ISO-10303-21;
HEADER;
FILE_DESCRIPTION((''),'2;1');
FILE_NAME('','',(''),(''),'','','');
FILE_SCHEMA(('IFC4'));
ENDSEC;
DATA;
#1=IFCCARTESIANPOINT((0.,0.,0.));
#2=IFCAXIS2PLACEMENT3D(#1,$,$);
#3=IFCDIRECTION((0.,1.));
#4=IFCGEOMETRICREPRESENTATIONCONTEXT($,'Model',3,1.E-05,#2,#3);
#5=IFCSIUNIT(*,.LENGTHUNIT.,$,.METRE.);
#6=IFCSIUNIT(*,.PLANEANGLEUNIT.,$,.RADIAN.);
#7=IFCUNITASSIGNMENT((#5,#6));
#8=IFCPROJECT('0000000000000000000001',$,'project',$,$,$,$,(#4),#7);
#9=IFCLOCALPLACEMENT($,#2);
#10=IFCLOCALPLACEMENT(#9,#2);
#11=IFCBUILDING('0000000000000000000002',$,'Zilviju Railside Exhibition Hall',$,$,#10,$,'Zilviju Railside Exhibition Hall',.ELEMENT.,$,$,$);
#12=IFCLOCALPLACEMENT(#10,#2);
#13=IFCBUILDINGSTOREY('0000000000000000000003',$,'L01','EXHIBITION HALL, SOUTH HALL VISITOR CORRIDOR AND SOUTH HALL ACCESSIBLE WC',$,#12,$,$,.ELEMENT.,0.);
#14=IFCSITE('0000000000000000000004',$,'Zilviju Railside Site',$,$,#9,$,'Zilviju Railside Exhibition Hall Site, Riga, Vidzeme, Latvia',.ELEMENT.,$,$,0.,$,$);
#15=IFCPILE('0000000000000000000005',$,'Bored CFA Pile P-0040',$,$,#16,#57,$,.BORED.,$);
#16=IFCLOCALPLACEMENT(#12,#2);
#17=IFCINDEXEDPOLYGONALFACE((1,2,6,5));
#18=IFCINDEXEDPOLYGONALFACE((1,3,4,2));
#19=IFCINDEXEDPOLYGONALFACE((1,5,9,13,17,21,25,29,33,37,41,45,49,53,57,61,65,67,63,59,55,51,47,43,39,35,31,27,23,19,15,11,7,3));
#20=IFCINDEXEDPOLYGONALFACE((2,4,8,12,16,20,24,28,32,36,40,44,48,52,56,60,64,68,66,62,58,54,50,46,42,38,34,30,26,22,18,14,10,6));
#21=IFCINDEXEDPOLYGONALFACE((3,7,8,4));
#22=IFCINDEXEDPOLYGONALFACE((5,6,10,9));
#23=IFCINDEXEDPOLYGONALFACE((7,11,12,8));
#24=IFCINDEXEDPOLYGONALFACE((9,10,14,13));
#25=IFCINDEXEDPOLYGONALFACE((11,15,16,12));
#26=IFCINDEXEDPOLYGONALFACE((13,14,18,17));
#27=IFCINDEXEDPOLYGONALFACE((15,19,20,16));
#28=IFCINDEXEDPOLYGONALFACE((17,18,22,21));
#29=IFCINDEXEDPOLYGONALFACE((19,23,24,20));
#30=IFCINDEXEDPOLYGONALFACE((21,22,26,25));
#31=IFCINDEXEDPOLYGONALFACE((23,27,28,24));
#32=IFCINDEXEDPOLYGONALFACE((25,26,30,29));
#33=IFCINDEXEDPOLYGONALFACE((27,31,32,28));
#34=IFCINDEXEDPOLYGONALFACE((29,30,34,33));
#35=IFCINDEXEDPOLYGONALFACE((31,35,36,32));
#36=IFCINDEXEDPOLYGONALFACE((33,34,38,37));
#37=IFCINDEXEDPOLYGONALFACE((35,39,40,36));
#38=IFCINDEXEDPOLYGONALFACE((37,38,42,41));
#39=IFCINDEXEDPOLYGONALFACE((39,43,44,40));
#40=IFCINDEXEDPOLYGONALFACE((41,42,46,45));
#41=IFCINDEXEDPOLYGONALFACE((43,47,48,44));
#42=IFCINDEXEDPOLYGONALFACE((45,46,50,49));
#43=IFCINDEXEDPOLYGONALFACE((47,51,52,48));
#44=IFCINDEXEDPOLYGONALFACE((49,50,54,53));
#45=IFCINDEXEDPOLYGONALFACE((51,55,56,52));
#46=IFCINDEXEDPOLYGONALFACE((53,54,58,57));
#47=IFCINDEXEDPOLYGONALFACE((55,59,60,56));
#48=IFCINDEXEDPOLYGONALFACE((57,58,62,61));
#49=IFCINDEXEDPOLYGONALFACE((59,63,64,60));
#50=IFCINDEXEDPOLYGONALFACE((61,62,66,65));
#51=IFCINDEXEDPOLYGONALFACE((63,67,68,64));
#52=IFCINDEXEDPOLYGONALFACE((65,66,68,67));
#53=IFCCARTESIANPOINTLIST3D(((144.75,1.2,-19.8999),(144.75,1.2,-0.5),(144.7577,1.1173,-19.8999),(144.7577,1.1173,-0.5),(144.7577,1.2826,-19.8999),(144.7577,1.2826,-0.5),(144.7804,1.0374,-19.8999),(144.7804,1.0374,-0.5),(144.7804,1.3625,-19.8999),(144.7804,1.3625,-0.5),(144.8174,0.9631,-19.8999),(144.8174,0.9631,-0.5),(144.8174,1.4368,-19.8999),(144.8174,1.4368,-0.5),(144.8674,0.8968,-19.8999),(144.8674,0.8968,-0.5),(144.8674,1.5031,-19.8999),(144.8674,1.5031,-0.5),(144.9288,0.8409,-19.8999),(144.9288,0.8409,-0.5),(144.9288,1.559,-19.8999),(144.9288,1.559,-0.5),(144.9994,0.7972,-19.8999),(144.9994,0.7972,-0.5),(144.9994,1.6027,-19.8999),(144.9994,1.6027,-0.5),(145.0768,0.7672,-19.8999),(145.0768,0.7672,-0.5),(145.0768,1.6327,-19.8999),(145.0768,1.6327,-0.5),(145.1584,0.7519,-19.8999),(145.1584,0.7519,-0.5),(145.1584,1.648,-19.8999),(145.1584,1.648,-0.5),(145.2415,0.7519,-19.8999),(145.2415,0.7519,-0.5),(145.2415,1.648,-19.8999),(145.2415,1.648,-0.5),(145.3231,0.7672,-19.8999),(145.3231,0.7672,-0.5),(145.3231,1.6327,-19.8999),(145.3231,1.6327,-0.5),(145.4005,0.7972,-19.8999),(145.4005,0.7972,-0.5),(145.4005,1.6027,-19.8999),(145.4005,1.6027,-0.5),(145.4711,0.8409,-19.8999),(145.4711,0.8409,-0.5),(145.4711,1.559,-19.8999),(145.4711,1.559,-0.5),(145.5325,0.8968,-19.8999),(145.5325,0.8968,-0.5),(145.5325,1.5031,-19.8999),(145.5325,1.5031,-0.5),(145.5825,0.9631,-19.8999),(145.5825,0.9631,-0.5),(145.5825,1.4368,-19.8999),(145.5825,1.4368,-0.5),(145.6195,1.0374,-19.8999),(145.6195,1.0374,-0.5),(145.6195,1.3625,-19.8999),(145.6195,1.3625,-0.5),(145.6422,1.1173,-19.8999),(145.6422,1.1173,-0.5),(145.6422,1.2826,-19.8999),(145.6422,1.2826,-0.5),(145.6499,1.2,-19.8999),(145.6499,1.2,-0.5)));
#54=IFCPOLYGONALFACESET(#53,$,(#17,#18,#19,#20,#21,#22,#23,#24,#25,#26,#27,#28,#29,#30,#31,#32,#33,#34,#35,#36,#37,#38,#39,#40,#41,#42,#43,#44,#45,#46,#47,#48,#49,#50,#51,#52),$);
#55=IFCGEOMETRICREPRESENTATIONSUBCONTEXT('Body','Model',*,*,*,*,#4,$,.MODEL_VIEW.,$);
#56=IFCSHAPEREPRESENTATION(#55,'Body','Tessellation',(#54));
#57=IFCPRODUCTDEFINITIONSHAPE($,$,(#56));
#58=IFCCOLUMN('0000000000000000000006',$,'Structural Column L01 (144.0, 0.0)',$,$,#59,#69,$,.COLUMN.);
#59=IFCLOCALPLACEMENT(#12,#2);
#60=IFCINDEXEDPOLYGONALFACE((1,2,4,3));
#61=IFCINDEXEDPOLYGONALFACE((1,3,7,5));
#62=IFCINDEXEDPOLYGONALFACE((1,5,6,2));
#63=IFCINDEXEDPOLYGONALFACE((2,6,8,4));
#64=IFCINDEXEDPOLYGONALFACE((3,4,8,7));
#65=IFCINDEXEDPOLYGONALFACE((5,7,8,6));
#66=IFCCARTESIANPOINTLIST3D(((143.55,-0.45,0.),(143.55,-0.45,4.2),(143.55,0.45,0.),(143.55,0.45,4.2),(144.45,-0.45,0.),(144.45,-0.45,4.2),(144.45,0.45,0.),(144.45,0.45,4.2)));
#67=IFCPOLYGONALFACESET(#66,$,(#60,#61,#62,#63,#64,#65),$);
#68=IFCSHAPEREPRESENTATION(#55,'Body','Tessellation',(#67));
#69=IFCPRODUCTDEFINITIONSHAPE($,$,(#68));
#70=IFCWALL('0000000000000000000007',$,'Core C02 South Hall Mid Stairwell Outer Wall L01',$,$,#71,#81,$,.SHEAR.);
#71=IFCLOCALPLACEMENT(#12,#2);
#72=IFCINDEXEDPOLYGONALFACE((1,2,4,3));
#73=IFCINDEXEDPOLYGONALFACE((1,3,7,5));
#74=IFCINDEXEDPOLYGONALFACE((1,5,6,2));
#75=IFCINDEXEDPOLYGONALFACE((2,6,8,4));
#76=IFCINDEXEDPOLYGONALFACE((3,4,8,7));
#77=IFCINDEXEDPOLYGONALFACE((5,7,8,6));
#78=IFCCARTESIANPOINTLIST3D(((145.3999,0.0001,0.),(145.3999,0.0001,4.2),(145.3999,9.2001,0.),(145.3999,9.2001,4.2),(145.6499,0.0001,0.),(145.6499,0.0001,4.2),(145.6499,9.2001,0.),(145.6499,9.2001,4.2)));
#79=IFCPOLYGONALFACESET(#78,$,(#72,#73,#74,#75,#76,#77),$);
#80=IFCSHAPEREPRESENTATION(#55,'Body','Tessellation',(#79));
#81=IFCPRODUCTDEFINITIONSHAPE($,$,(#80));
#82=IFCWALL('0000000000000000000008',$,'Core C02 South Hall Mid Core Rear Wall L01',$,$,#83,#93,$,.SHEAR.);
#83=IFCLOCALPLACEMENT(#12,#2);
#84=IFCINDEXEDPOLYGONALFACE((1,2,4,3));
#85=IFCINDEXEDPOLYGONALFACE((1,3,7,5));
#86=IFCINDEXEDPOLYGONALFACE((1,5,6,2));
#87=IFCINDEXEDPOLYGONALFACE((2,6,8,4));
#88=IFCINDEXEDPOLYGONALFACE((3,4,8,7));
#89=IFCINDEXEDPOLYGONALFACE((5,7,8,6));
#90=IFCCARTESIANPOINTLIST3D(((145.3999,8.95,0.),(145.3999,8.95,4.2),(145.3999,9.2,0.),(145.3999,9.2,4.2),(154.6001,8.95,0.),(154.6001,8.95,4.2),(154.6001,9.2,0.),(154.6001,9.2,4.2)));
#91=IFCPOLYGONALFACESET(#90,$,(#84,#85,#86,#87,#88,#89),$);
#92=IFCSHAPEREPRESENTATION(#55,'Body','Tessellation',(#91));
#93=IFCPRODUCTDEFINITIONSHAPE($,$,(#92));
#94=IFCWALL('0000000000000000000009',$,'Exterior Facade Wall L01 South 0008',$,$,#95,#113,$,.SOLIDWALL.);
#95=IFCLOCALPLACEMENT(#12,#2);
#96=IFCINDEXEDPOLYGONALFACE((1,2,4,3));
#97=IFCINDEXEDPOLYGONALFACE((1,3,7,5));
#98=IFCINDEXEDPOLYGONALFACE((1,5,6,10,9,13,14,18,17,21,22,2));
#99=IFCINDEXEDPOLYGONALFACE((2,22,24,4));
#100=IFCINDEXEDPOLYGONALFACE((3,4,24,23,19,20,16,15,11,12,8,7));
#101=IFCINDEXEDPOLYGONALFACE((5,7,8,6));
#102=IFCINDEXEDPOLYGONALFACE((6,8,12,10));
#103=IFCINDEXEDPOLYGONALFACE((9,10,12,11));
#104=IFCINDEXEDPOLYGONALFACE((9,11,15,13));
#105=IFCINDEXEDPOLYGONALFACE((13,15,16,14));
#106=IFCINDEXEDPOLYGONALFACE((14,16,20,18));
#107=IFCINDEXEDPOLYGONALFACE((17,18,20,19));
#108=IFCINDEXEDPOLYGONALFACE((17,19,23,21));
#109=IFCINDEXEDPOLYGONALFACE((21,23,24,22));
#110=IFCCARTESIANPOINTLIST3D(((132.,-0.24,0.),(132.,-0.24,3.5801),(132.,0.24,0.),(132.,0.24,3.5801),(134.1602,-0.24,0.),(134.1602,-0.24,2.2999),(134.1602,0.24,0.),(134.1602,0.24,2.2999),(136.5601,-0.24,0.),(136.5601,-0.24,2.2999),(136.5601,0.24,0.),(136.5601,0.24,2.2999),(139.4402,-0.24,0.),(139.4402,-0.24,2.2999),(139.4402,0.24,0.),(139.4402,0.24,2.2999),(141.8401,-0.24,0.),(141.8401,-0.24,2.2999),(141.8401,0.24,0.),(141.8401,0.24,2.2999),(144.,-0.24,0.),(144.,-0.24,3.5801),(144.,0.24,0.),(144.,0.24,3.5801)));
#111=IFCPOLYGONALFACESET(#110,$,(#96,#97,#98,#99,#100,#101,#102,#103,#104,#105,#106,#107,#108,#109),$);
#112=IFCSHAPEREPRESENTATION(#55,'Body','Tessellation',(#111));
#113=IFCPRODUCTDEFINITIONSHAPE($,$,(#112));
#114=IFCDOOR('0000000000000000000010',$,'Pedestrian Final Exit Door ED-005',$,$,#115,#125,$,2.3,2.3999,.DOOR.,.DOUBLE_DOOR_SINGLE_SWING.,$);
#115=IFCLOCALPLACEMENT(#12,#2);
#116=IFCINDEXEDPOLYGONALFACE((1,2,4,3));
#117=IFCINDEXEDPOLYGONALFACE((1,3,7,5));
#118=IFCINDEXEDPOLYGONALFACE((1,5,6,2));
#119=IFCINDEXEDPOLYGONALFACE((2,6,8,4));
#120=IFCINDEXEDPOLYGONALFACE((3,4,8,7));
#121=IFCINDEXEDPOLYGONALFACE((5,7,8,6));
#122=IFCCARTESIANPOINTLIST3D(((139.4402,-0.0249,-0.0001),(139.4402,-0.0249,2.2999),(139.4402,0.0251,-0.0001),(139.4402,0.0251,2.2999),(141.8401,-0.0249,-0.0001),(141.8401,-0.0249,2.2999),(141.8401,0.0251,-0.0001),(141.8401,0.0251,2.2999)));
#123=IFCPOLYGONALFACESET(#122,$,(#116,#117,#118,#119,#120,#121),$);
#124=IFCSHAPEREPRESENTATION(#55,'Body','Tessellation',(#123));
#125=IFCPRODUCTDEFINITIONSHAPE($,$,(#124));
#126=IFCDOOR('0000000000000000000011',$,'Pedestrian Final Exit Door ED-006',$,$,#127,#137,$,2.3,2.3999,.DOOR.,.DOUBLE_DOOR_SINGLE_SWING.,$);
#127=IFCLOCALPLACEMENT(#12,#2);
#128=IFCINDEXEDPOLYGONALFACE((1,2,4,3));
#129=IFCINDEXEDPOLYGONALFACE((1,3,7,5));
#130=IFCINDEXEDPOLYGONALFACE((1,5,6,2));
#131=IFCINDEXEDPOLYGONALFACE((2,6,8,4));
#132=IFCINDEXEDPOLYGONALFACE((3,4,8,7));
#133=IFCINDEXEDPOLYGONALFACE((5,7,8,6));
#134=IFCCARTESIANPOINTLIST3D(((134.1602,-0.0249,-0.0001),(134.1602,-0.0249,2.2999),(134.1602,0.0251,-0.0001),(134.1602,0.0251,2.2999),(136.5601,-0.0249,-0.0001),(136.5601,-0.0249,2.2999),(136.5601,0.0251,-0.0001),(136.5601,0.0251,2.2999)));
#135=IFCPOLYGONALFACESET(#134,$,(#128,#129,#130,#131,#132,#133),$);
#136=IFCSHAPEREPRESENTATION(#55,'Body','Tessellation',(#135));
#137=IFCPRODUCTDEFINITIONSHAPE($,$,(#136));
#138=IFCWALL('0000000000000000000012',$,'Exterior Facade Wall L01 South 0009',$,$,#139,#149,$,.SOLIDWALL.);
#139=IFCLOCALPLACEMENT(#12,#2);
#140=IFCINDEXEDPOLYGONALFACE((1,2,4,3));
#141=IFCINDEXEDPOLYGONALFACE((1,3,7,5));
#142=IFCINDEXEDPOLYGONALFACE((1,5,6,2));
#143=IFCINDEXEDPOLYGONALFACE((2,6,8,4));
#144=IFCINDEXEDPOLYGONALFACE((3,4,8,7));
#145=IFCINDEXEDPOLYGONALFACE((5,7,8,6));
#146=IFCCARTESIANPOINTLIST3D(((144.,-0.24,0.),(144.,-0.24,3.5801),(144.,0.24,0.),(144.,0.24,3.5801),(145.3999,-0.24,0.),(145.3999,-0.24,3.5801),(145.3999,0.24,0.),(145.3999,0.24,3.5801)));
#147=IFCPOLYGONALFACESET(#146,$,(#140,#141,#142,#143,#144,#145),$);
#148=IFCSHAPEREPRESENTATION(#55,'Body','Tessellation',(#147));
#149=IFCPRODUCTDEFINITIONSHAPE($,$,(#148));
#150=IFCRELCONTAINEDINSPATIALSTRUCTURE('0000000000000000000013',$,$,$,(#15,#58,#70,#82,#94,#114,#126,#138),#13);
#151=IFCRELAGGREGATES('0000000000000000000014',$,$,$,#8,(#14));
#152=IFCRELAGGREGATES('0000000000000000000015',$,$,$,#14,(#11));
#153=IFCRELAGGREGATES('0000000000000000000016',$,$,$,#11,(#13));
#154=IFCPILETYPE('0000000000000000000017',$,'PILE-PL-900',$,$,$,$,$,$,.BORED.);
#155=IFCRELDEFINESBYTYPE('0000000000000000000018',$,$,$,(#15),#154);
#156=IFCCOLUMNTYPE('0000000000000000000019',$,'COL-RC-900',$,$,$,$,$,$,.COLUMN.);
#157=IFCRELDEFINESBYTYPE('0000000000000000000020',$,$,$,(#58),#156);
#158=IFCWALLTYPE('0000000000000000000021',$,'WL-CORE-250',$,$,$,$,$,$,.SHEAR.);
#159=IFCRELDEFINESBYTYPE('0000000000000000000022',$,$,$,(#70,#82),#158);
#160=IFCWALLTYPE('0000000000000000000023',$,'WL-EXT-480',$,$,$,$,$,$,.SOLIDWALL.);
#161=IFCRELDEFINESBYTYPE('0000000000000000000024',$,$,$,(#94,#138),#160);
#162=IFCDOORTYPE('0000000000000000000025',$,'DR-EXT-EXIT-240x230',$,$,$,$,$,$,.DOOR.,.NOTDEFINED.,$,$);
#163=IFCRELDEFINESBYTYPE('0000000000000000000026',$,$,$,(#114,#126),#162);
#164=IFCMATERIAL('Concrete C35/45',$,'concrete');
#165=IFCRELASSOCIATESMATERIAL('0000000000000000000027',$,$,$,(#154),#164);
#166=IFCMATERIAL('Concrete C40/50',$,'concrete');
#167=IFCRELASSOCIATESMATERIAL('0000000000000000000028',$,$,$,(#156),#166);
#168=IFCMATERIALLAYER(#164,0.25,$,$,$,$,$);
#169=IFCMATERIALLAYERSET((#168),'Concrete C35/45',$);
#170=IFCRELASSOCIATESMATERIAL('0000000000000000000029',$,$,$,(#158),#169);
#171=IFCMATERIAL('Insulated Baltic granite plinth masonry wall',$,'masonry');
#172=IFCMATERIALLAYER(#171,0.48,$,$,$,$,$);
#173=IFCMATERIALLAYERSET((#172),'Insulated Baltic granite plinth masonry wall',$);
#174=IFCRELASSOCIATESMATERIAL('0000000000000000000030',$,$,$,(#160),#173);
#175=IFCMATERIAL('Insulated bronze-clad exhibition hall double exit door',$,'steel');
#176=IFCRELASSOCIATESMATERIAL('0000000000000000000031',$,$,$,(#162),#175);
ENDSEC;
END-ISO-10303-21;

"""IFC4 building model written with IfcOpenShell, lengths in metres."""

from ifc_helpers import new_model, si_unit, direction, frame, frame_2d, origin, origin_2d, place, context, subcontext, project, spatial, rectangle, circle, extrude, material, layer, layer_set, material_profile, profile_set, type_object, element, fill, save


model = new_model("IFC4")

# Units and contexts
model_context = context("Model", 3, precision=1e-05, world=origin(), true_north=direction((0.0, 1.0)))
body_context = subcontext(model_context, "Body", "Model", "MODEL_VIEW")
ifc_project = project(units=[si_unit("LENGTHUNIT", "METRE"), si_unit("PLANEANGLEUNIT", "RADIAN")], contexts=[model_context])

# Site, building, storey
site_placement = place(None, origin())
site = spatial("IfcSite", under=ifc_project, at=site_placement, Name="Zilviju Railside Site", LongName="Zilviju Railside Exhibition Hall Site, Riga, Vidzeme, Latvia", CompositionType="ELEMENT", RefElevation=0.0)
building_placement = place(site_placement, origin())
building = spatial("IfcBuilding", under=site, at=building_placement, Name="Zilviju Railside Exhibition Hall", LongName="Zilviju Railside Exhibition Hall", CompositionType="ELEMENT")
storey_placement = place(building_placement, origin())
storey = spatial("IfcBuildingStorey", under=building, at=storey_placement, Name="L01", Description="EXHIBITION HALL, SOUTH HALL VISITOR CORRIDOR AND SOUTH HALL ACCESSIBLE WC", CompositionType="ELEMENT", Elevation=0.0)

# Shared definitions
ifc_material_1 = material(Name="Concrete C35/45", Category="concrete")

# Pile
ifc_material_profile_1 = material_profile(ifc_material_1, circle(Radius=0.45, at=origin_2d()), Name="CFA PILE D900")
ifc_profile_set_1 = profile_set([ifc_material_profile_1], Name="Concrete C35/45")
pile_type_1 = type_object("IfcPileType", Name="PILE-PL-900", PredefinedType="BORED", material=ifc_profile_set_1)
for number, where, z_axis, x_axis, name in (
    (1, (145.2, 1.2, -0.5), (0.0, 0.0, -1.0), (1.0, 0.0, 0.0), "Bored CFA Pile P-0040"),
):
    element("IfcPile", number, at=place(storey_placement, frame(where, z_axis=z_axis, x_axis=x_axis)), inside=storey, type_object=pile_type_1, Name=name, PredefinedType="BORED", context=body_context, shape_type="SweptSolid", body=[
        extrude(circle(Radius=0.45, at=origin_2d()), origin(), (0.0, 0.0, 1.0), 19.3999),
    ])

# Column
ifc_material_2 = material(Name="Concrete C40/50", Category="concrete")
ifc_material_profile_2 = material_profile(ifc_material_2, rectangle(XDim=0.8999, YDim=0.8999, at=origin_2d()), Name="RC COL 900x900")
ifc_profile_set_2 = profile_set([ifc_material_profile_2], Name="Concrete C40/50")
column_type = type_object("IfcColumnType", Name="COL-RC-900", PredefinedType="COLUMN", material=ifc_profile_set_2)
column_placement = place(storey_placement, frame((144.0, 0.0, 0.0), z_axis=(0.0, 0.0, 1.0), x_axis=(1.0, 0.0, 0.0)))
element("IfcColumn", 2, at=column_placement, inside=storey, type_object=column_type, Name="Structural Column L01 (144.0, 0.0)", PredefinedType="COLUMN", context=body_context, shape_type="SweptSolid", body=[
    extrude(rectangle(XDim=0.8999, YDim=0.8999, at=origin_2d()), origin(), (0.0, 0.0, 1.0), 4.2),
])

# Walls
ifc_layer_1 = layer(ifc_material_1, 0.25)
ifc_layer_set_1 = layer_set([ifc_layer_1], Name="Concrete C35/45")
wall_type_1 = type_object("IfcWallType", Name="WL-CORE-250", PredefinedType="SHEAR", material=ifc_layer_set_1)
wall_1_placement = place(storey_placement, frame((145.5249, 0.0, 0.0), z_axis=(0.0, 0.0, 1.0), x_axis=(0.0, 1.0, 0.0)))
element("IfcWall", 3, at=wall_1_placement, inside=storey, type_object=wall_type_1, Name="Core C02 South Hall Mid Stairwell Outer Wall L01", PredefinedType="SHEAR", context=body_context, shape_type="SweptSolid", body=[
    extrude(rectangle(XDim=9.2, YDim=0.25, at=frame_2d((4.6001, 0.0))), origin(), (0.0, 0.0, 1.0), 4.2),
])
wall_2_placement = place(storey_placement, frame((145.3999, 9.075, 0.0), z_axis=(0.0, 0.0, 1.0), x_axis=(1.0, 0.0, 0.0)))
element("IfcWall", 4, at=wall_2_placement, inside=storey, type_object=wall_type_1, Name="Core C02 South Hall Mid Core Rear Wall L01", PredefinedType="SHEAR", context=body_context, shape_type="SweptSolid", body=[
    extrude(rectangle(XDim=9.2002, YDim=0.25, at=frame_2d((4.6001, 0.0))), origin(), (0.0, 0.0, 1.0), 4.2),
])

# Wall, openings, doors
ifc_material_3 = material(Name="Insulated Baltic granite plinth masonry wall", Category="masonry")
ifc_layer_2 = layer(ifc_material_3, 0.48)
ifc_layer_set_2 = layer_set([ifc_layer_2], Name="Insulated Baltic granite plinth masonry wall")
wall_type_2 = type_object("IfcWallType", Name="WL-EXT-480", PredefinedType="SOLIDWALL", material=ifc_layer_set_2)
wall_3_placement = place(storey_placement, frame((144.0, 0.0, 0.0), z_axis=(0.0, 0.0, 1.0), x_axis=(-1.0, 0.0, 0.0)))
wall_3 = element("IfcWall", 5, at=wall_3_placement, inside=storey, type_object=wall_type_2, Name="Exterior Facade Wall L01 South 0008", PredefinedType="SOLIDWALL", context=body_context, shape_type="SweptSolid", body=[
    extrude(rectangle(XDim=12.0, YDim=0.48, at=frame_2d((6.0, 0.0))), origin(), (0.0, 0.0, 1.0), 3.5801),
])
opening_1_placement = place(wall_3_placement, frame((2.1599, 0.0, 0.0)))
opening_1 = element("IfcOpeningElement", 6, at=opening_1_placement, cuts=wall_3, PredefinedType="OPENING", context=body_context, shape_type="SweptSolid", body=[
    extrude(rectangle(XDim=2.3999, YDim=2.3, at=frame_2d((1.2, 1.1499))), frame((0.0, 0.25, 0.0), z_axis=(0.0, -1.0, 0.0), x_axis=(1.0, 0.0, 0.0)), (0.0, 0.0, 1.0), 0.5),
])
opening_2_placement = place(wall_3_placement, frame((7.4399, 0.0, 0.0)))
opening_2 = element("IfcOpeningElement", 7, at=opening_2_placement, cuts=wall_3, PredefinedType="OPENING", context=body_context, shape_type="SweptSolid", body=[
    extrude(rectangle(XDim=2.3999, YDim=2.3, at=frame_2d((1.2, 1.1499))), frame((0.0, 0.25, 0.0), z_axis=(0.0, -1.0, 0.0), x_axis=(1.0, 0.0, 0.0)), (0.0, 0.0, 1.0), 0.5),
])
ifc_material_4 = material(Name="Insulated bronze-clad exhibition hall double exit door", Category="steel")
door_type = type_object("IfcDoorType", Name="DR-EXT-EXIT-240x230", OperationType="NOTDEFINED", PredefinedType="DOOR", material=ifc_material_4)
door_1_placement = place(opening_1_placement, origin())
door_1 = element("IfcDoor", 8, at=door_1_placement, inside=storey, type_object=door_type, Name="Pedestrian Final Exit Door ED-005", OperationType="DOUBLE_DOOR_SINGLE_SWING", OverallHeight=2.3, OverallWidth=2.3999, PredefinedType="DOOR", context=body_context, shape_type="SweptSolid", body=[
    extrude(rectangle(XDim=2.3999, YDim=2.3, at=frame_2d((1.2, 1.1499))), frame((0.0, 0.0249, 0.0), z_axis=(0.0, -1.0, 0.0), x_axis=(1.0, 0.0, 0.0)), (0.0, 0.0, 1.0), 0.05),
])
fill(opening_1, door_1)
door_2_placement = place(opening_2_placement, origin())
door_2 = element("IfcDoor", 9, at=door_2_placement, inside=storey, type_object=door_type, Name="Pedestrian Final Exit Door ED-006", OperationType="DOUBLE_DOOR_SINGLE_SWING", OverallHeight=2.3, OverallWidth=2.3999, PredefinedType="DOOR", context=body_context, shape_type="SweptSolid", body=[
    extrude(rectangle(XDim=2.3999, YDim=2.3, at=frame_2d((1.2, 1.1499))), frame((0.0, 0.0249, 0.0), z_axis=(0.0, -1.0, 0.0), x_axis=(1.0, 0.0, 0.0)), (0.0, 0.0, 1.0), 0.05),
])
fill(opening_2, door_2)

# Wall
wall_4_placement = place(storey_placement, frame((145.3999, 0.0, 0.0), z_axis=(0.0, 0.0, 1.0), x_axis=(-1.0, 0.0, 0.0)))
element("IfcWall", 10, at=wall_4_placement, inside=storey, type_object=wall_type_2, Name="Exterior Facade Wall L01 South 0009", PredefinedType="SOLIDWALL", context=body_context, shape_type="SweptSolid", body=[
    extrude(rectangle(XDim=1.3999, YDim=0.48, at=frame_2d((0.7, 0.0))), origin(), (0.0, 0.0, 1.0), 3.5801),
])

save(model, "model.ifc")
